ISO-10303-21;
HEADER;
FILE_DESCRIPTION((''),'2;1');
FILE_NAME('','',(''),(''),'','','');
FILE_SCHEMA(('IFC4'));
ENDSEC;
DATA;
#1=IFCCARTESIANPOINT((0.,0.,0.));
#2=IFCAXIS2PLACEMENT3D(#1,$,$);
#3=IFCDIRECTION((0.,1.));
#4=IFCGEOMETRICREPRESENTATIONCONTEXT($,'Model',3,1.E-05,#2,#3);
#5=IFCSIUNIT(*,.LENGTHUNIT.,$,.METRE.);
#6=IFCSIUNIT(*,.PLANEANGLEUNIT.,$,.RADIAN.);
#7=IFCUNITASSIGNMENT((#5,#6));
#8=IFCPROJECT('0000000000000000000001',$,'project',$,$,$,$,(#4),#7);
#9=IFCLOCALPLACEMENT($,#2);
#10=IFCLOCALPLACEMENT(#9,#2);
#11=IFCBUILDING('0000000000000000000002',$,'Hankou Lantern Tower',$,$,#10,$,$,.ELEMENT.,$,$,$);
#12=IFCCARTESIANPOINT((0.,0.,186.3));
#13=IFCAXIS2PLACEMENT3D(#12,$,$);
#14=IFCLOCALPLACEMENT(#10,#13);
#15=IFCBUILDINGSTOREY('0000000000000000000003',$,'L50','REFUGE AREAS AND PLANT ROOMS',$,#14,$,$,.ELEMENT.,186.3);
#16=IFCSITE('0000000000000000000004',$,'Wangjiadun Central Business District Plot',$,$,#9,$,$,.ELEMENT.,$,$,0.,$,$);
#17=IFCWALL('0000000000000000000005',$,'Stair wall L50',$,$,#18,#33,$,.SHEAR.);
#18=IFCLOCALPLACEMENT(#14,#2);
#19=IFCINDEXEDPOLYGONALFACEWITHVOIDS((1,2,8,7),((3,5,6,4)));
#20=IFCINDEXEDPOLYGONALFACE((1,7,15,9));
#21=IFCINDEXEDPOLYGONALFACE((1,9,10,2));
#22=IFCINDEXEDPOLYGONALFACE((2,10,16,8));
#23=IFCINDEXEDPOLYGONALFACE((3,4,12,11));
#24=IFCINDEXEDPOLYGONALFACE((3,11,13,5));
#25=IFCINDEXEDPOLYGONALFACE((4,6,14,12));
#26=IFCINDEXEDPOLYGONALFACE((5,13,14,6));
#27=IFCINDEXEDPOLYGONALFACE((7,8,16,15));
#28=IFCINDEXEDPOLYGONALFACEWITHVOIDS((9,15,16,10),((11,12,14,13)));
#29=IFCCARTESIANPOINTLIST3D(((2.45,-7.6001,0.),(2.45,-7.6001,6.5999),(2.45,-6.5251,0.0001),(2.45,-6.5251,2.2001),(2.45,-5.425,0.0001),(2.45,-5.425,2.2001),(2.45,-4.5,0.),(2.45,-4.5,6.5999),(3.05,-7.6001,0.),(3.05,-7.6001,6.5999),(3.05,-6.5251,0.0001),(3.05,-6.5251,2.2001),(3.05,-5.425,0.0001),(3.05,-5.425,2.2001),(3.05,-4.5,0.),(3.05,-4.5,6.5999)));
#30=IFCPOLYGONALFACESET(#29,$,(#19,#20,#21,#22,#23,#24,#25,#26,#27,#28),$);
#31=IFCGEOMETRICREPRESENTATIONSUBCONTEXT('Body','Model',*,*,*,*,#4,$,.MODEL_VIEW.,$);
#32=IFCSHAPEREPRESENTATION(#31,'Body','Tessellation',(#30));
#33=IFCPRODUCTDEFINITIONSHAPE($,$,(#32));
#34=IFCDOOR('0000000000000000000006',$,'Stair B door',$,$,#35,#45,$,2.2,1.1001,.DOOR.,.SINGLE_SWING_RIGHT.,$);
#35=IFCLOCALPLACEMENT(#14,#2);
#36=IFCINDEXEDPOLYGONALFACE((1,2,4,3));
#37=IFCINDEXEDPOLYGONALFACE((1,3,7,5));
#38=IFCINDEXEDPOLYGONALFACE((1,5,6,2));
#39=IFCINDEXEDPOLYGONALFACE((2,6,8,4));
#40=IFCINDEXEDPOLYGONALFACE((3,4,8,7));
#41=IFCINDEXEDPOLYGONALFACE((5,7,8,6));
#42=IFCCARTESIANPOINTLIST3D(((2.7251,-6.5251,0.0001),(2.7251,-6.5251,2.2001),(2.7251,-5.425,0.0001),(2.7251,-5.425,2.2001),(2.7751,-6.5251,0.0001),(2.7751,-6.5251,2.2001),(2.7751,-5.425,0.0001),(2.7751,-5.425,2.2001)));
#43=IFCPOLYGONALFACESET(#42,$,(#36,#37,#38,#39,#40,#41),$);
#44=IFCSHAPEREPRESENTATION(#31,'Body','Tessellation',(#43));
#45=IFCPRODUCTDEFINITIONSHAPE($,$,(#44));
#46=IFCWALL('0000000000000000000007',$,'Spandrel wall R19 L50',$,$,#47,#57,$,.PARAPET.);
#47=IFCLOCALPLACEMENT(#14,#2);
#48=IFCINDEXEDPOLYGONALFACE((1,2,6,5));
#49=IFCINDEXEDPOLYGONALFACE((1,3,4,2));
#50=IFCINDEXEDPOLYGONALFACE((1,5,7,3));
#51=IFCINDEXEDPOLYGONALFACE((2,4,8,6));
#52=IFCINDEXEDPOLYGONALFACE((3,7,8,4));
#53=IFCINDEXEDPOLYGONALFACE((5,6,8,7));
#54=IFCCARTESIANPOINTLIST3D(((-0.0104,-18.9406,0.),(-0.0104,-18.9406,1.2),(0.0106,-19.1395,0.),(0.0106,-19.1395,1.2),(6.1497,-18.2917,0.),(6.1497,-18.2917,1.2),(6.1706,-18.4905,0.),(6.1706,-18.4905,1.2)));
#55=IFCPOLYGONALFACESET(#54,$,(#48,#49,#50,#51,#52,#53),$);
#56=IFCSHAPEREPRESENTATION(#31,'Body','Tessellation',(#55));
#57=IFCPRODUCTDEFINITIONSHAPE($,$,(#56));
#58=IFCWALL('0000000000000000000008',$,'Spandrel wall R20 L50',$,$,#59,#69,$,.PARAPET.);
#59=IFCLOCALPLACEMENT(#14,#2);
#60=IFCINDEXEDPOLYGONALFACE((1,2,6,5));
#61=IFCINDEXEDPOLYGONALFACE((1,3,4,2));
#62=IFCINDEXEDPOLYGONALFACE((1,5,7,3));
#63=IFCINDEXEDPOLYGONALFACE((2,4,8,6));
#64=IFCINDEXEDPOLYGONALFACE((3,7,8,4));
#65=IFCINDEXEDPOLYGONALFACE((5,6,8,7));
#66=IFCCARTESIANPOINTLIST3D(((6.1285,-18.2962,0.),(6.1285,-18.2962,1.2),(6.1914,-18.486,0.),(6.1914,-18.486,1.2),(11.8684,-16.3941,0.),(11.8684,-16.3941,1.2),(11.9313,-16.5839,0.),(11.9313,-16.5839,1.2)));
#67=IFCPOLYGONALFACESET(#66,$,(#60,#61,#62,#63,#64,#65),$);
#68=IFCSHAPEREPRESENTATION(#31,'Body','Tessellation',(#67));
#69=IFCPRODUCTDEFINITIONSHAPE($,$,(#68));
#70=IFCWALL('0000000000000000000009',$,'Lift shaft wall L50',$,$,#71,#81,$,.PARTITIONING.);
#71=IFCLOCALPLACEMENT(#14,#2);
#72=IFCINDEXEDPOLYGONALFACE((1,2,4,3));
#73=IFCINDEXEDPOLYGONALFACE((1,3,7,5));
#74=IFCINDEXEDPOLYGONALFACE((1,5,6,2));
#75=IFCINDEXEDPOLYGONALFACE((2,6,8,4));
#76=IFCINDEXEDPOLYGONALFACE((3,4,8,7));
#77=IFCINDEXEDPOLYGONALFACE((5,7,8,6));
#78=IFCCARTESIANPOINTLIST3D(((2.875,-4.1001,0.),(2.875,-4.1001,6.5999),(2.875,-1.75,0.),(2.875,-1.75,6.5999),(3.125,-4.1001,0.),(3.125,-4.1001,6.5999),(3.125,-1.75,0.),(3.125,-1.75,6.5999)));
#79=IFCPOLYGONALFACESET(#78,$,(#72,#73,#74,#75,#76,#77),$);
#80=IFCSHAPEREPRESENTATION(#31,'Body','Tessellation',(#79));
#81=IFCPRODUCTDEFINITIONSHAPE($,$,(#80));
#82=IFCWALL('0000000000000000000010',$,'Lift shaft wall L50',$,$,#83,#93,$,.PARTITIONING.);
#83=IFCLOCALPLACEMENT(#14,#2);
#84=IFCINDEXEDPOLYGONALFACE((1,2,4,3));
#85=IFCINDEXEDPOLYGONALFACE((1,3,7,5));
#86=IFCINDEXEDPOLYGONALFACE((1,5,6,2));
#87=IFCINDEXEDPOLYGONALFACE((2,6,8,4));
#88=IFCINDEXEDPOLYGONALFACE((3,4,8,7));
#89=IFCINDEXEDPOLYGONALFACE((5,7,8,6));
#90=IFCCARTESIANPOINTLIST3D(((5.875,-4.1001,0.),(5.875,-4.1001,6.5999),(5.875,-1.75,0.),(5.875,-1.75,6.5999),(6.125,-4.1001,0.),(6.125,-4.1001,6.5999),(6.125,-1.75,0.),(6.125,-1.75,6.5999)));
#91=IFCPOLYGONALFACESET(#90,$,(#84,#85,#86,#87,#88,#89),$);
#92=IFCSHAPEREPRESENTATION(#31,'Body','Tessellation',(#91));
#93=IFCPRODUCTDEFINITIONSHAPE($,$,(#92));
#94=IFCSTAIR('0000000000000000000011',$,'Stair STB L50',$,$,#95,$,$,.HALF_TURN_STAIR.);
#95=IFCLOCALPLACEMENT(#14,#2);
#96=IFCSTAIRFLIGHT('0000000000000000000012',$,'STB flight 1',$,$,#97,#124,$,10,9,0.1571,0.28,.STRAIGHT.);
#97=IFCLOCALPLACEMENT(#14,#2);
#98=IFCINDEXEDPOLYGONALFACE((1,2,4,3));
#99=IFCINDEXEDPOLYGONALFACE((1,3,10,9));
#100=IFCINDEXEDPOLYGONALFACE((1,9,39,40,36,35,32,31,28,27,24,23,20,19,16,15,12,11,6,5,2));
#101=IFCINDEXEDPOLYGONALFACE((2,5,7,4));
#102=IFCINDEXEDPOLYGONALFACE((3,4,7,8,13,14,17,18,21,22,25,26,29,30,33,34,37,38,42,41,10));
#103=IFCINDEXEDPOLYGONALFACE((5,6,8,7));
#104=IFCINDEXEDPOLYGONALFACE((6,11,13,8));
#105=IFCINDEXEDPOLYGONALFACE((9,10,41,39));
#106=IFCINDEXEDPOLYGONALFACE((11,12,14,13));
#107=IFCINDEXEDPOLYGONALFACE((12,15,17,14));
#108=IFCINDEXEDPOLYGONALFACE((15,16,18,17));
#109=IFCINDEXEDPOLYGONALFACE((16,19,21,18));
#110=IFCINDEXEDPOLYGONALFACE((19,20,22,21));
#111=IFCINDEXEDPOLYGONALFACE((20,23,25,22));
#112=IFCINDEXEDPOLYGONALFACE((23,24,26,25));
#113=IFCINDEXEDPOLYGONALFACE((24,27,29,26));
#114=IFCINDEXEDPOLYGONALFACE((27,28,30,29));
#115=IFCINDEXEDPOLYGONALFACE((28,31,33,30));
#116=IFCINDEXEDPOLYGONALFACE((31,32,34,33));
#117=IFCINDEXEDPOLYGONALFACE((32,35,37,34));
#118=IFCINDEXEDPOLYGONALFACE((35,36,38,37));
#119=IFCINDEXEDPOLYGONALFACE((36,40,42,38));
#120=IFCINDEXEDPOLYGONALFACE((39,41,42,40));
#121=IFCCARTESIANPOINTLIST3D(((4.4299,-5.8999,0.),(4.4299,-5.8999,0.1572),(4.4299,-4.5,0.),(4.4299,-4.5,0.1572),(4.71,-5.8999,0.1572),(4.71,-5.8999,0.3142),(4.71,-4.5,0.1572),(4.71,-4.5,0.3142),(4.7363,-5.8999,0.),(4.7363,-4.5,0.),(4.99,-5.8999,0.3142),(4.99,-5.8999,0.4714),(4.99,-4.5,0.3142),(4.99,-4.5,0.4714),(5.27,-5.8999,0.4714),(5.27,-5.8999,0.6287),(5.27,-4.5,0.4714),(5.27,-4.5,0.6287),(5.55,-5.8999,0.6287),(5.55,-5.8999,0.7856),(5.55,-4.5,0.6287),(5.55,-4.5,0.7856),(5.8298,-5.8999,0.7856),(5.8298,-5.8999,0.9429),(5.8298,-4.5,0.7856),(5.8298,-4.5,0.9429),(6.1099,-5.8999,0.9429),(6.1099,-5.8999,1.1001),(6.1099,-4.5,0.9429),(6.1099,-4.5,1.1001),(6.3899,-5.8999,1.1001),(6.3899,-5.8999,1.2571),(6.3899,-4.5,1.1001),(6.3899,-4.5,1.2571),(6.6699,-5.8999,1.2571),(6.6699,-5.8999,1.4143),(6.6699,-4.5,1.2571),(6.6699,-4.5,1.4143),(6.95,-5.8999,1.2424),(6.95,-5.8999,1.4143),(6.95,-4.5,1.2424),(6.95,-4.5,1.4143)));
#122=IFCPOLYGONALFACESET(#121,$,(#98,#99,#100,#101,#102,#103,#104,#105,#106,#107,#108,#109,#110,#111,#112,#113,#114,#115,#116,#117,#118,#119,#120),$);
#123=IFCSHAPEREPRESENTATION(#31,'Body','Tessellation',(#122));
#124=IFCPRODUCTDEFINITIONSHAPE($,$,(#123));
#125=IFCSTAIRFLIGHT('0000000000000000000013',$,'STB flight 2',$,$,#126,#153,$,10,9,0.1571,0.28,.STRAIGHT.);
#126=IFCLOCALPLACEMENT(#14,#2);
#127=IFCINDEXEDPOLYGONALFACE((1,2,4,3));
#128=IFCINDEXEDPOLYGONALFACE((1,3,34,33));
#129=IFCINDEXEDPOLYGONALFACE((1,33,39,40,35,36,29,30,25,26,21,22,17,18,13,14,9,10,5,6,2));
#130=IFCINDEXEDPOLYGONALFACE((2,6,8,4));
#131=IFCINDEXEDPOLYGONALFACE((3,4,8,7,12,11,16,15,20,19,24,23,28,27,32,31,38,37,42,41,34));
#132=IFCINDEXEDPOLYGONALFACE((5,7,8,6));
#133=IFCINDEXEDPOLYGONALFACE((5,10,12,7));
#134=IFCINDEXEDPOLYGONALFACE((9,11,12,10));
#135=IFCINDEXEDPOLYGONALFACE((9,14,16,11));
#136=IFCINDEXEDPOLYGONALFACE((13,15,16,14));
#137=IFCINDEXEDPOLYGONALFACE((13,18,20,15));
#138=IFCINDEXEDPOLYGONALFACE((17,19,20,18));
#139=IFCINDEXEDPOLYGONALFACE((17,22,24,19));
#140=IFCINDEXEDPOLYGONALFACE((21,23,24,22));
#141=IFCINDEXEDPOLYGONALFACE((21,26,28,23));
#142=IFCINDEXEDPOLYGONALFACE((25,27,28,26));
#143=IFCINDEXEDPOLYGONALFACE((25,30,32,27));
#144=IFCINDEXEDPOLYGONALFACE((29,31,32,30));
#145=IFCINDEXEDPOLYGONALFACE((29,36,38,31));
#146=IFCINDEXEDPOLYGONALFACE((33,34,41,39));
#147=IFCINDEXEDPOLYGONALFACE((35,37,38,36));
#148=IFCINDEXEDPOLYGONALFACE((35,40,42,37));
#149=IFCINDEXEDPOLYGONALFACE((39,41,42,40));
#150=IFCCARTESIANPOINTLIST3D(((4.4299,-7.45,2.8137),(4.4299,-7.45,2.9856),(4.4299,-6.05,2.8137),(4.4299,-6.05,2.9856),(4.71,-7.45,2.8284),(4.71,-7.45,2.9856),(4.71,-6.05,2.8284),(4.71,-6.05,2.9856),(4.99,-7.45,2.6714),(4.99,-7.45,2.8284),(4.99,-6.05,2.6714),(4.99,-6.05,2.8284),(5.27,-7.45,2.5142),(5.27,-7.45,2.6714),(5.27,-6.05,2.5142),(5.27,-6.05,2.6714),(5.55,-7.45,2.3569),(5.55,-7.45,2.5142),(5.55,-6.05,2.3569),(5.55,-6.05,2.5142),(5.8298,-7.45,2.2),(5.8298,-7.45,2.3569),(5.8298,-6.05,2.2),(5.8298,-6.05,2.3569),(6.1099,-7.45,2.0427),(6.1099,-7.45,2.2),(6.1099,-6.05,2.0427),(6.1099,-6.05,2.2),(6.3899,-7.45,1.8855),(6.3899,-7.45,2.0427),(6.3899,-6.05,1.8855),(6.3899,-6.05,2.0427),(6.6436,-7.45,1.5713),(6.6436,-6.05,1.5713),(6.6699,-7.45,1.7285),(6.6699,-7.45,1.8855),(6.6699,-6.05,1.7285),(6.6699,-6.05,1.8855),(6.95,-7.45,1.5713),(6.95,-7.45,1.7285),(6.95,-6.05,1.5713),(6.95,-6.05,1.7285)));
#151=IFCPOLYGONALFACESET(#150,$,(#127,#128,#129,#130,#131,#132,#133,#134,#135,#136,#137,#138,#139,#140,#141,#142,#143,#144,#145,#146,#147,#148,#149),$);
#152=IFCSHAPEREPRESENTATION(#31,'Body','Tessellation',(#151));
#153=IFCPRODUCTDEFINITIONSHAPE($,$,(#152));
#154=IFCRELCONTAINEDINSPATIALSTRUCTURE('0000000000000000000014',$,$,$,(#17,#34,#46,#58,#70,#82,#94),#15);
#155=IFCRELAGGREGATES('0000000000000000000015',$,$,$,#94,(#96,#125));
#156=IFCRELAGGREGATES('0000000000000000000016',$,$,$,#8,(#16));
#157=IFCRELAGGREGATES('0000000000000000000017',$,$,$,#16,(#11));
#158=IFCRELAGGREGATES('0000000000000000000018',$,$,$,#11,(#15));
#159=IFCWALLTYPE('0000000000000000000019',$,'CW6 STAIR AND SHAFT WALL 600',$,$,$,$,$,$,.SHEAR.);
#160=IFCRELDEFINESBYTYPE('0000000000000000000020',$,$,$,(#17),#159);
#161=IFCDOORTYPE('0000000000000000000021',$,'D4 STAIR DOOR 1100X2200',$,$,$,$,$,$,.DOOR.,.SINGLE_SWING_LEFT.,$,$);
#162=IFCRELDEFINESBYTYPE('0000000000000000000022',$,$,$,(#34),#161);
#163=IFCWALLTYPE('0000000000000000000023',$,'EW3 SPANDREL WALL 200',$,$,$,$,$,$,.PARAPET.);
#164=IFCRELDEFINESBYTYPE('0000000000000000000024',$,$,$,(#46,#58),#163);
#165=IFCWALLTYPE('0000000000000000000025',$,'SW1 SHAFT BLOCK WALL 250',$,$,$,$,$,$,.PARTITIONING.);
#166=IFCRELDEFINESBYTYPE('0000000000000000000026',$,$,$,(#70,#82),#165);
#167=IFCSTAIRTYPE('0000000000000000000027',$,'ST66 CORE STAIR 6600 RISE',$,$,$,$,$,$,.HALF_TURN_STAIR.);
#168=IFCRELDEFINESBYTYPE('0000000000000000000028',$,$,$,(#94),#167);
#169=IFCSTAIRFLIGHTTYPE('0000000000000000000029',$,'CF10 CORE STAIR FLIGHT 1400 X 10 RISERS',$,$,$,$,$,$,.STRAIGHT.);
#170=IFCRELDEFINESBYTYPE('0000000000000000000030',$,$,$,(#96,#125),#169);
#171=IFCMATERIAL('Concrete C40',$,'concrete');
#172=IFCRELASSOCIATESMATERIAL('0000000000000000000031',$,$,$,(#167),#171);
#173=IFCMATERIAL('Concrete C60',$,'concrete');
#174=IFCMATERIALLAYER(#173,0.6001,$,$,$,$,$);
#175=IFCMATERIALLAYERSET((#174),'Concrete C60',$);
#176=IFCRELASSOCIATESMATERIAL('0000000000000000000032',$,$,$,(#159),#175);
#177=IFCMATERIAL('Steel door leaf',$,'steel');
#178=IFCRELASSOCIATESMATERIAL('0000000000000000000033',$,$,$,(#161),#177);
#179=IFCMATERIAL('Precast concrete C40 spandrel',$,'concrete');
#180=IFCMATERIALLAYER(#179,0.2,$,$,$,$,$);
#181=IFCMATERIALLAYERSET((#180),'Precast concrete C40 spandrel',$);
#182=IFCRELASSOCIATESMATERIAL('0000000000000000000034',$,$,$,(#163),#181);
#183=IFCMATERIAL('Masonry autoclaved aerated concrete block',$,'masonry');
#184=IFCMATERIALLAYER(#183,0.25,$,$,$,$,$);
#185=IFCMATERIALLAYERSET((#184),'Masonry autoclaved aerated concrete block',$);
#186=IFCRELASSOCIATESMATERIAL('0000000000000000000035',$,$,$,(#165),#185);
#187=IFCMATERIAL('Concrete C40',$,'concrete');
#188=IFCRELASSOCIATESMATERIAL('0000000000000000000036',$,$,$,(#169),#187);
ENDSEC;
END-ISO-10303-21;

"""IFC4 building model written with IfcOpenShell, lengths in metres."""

from ifc_helpers import new_model, si_unit, direction, frame, frame_2d, origin, place, context, subcontext, project, spatial, polyline, rectangle, outline, extrude, material, layer, layer_set, type_object, element, fill, aggregate, save


model = new_model("IFC4")

# Units and contexts
model_context = context("Model", 3, precision=1e-05, world=origin(), true_north=direction((0.0, 1.0)))
body_context = subcontext(model_context, "Body", "Model", "MODEL_VIEW")
ifc_project = project(units=[si_unit("LENGTHUNIT", "METRE"), si_unit("PLANEANGLEUNIT", "RADIAN")], contexts=[model_context])

# Site, building, storey
site_placement = place(None, origin())
site = spatial("IfcSite", under=ifc_project, at=site_placement, Name="Wangjiadun Central Business District Plot", CompositionType="ELEMENT", RefElevation=0.0)
building_placement = place(site_placement, origin())
building = spatial("IfcBuilding", under=site, at=building_placement, Name="Hankou Lantern Tower", CompositionType="ELEMENT")
storey_placement = place(building_placement, frame((0.0, 0.0, 186.3)))
storey = spatial("IfcBuildingStorey", under=building, at=storey_placement, Name="L50", Description="REFUGE AREAS AND PLANT ROOMS", CompositionType="ELEMENT", Elevation=186.3)

# Shared definitions
ifc_material_1 = material(Name="Concrete C40", Category="concrete")
stair_type = type_object("IfcStairType", Name="ST66 CORE STAIR 6600 RISE", PredefinedType="HALF_TURN_STAIR", material=ifc_material_1)

# Wall, opening, door
ifc_material_2 = material(Name="Concrete C60", Category="concrete")
ifc_layer_1 = layer(ifc_material_2, 0.6001)
ifc_layer_set_1 = layer_set([ifc_layer_1], Name="Concrete C60")
wall_type_1 = type_object("IfcWallType", Name="CW6 STAIR AND SHAFT WALL 600", PredefinedType="SHEAR", material=ifc_layer_set_1)
wall_1_placement = place(storey_placement, frame((2.75, -7.6001, 0.0), z_axis=(0.0, 0.0, 1.0), x_axis=(0.0, 1.0, 0.0)))
wall_1 = element("IfcWall", 1, at=wall_1_placement, inside=storey, type_object=wall_type_1, Name="Stair wall L50", PredefinedType="SHEAR", context=body_context, shape_type="SweptSolid", body=[
    extrude(rectangle(XDim=3.1001, YDim=0.6001, at=frame_2d((1.55, 0.0))), origin(), (0.0, 0.0, 1.0), 6.5999),
])
opening_placement = place(wall_1_placement, frame((1.075, 0.0, 0.0)))
opening = element("IfcOpeningElement", 2, at=opening_placement, cuts=wall_1, PredefinedType="OPENING", context=body_context, shape_type="SweptSolid", body=[
    extrude(rectangle(XDim=1.1001, YDim=2.2, at=frame_2d((0.55, 1.1001))), frame((0.0, 0.3101, 0.0), z_axis=(0.0, -1.0, 0.0), x_axis=(1.0, 0.0, 0.0)), (0.0, 0.0, 1.0), 0.6201),
])
ifc_material_3 = material(Name="Steel door leaf", Category="steel")
door_type = type_object("IfcDoorType", Name="D4 STAIR DOOR 1100X2200", OperationType="SINGLE_SWING_LEFT", PredefinedType="DOOR", material=ifc_material_3)
door_placement = place(opening_placement, origin())
door = element("IfcDoor", 3, at=door_placement, inside=storey, type_object=door_type, Name="Stair B door", OperationType="SINGLE_SWING_RIGHT", OverallHeight=2.2, OverallWidth=1.1001, PredefinedType="DOOR", context=body_context, shape_type="SweptSolid", body=[
    extrude(rectangle(XDim=1.1001, YDim=2.2, at=frame_2d((0.55, 1.1001))), frame((0.0, 0.0249, 0.0), z_axis=(0.0, -1.0, 0.0), x_axis=(1.0, 0.0, 0.0)), (0.0, 0.0, 1.0), 0.05),
])
fill(opening, door)

# Walls
ifc_material_4 = material(Name="Precast concrete C40 spandrel", Category="concrete")
ifc_layer_2 = layer(ifc_material_4, 0.2)
ifc_layer_set_2 = layer_set([ifc_layer_2], Name="Precast concrete C40 spandrel")
wall_type_2 = type_object("IfcWallType", Name="EW3 SPANDREL WALL 200", PredefinedType="PARAPET", material=ifc_layer_set_2)
wall_2_placement = place(storey_placement, frame((0.0, -19.04, 0.0), z_axis=(0.0, 0.0, 1.0), x_axis=(0.994497, 0.104767, 0.0)))
element("IfcWall", 4, at=wall_2_placement, inside=storey, type_object=wall_type_2, Name="Spandrel wall R19 L50", PredefinedType="PARAPET", context=body_context, shape_type="SweptSolid", body=[
    extrude(rectangle(XDim=6.1941, YDim=0.2, at=frame_2d((3.0972, 0.0))), origin(), (0.0, 0.0, 1.0), 1.2),
])
wall_3_placement = place(storey_placement, frame((6.1599, -18.3911, 0.0), z_axis=(0.0, 0.0, 1.0), x_axis=(0.949239, 0.314556, 0.0)))
element("IfcWall", 5, at=wall_3_placement, inside=storey, type_object=wall_type_2, Name="Spandrel wall R20 L50", PredefinedType="PARAPET", context=body_context, shape_type="SweptSolid", body=[
    extrude(rectangle(XDim=6.0469, YDim=0.2, at=frame_2d((3.0234, 0.0))), origin(), (0.0, 0.0, 1.0), 1.2),
])
ifc_material_5 = material(Name="Masonry autoclaved aerated concrete block", Category="masonry")
ifc_layer_3 = layer(ifc_material_5, 0.25)
ifc_layer_set_3 = layer_set([ifc_layer_3], Name="Masonry autoclaved aerated concrete block")
wall_type_3 = type_object("IfcWallType", Name="SW1 SHAFT BLOCK WALL 250", PredefinedType="PARTITIONING", material=ifc_layer_set_3)
for number, where, z_axis, x_axis, name in (
    (6, (3.0, -4.1001, 0.0), (0.0, 0.0, 1.0), (0.0, 1.0, 0.0), "Lift shaft wall L50"),
    (7, (6.0, -4.1001, 0.0), (0.0, 0.0, 1.0), (0.0, 1.0, 0.0), "Lift shaft wall L50"),
):
    element("IfcWall", number, at=place(storey_placement, frame(where, z_axis=z_axis, x_axis=x_axis)), inside=storey, type_object=wall_type_3, Name=name, PredefinedType="PARTITIONING", context=body_context, shape_type="SweptSolid", body=[
        extrude(rectangle(XDim=2.3501, YDim=0.25, at=frame_2d((1.175, 0.0))), origin(), (0.0, 0.0, 1.0), 6.5999),
    ])

# Stair, stair flights
stair_1_placement = place(storey_placement, origin())
stair_1 = element("IfcStair", 8, at=stair_1_placement, inside=storey, type_object=stair_type, Name="Stair STB L50", PredefinedType="HALF_TURN_STAIR")
ifc_material_6 = material(Name="Concrete C40", Category="concrete")
stair_flight_type_1 = type_object("IfcStairFlightType", Name="CF10 CORE STAIR FLIGHT 1400 X 10 RISERS", PredefinedType="STRAIGHT", material=ifc_material_6)
stair_flight_1_placement = place(storey_placement, frame((4.4299, -5.2, 0.0), z_axis=(0.0, 0.0, 1.0), x_axis=(1.0, 0.0, 0.0)))
stair_flight_1 = element("IfcStairFlight", 9, at=stair_flight_1_placement, type_object=stair_flight_type_1, Name="STB flight 1", NumberOfRisers=10, NumberOfTreads=9, PredefinedType="STRAIGHT", RiserHeight=0.1571, TreadLength=0.28, context=body_context, shape_type="SweptSolid", body=[
    extrude(outline(polyline([(0.0, 0.0), (0.0, 0.1572), (0.28, 0.1572), (0.28, 0.3142), (0.5601, 0.3142), (0.5601, 0.4714), (0.8401, 0.4714), (0.8401, 0.6287), (1.1201, 0.6287), (1.1201, 0.7856), (1.3999, 0.7856), (1.3999, 0.9429), (1.6799, 0.9429), (1.6799, 1.1001), (1.96, 1.1001), (1.96, 1.2571), (2.24, 1.2571), (2.24, 1.4143), (2.52, 1.4143), (2.52, 1.5715), (2.52, 1.2424), (0.3064, 0.0), (0.0, 0.0)])), frame((0.0, 0.7, 0.0), z_axis=(0.0, -1.0, 0.0), x_axis=(1.0, 0.0, 0.0)), (0.0, 0.0, 1.0), 1.3999),
])
stair_flight_2_placement = place(storey_placement, frame((6.95, -6.75, 1.5713), z_axis=(0.0, 0.0, 1.0), x_axis=(-1.0, 0.0, 0.0)))
stair_flight_2 = element("IfcStairFlight", 10, at=stair_flight_2_placement, type_object=stair_flight_type_1, Name="STB flight 2", NumberOfRisers=10, NumberOfTreads=9, PredefinedType="STRAIGHT", RiserHeight=0.1571, TreadLength=0.28, context=body_context, shape_type="SweptSolid", body=[
    extrude(outline(polyline([(0.0, 0.0), (0.0, 0.1572), (0.28, 0.1572), (0.28, 0.3142), (0.5601, 0.3142), (0.5601, 0.4714), (0.8401, 0.4714), (0.8401, 0.6287), (1.1201, 0.6287), (1.1201, 0.7856), (1.3999, 0.7856), (1.3999, 0.9429), (1.6799, 0.9429), (1.6799, 1.1001), (1.96, 1.1001), (1.96, 1.2571), (2.24, 1.2571), (2.24, 1.4143), (2.52, 1.4143), (2.52, 1.5715), (2.52, 1.2424), (0.3064, 0.0), (0.0, 0.0)])), frame((0.0, 0.7, 0.0), z_axis=(0.0, -1.0, 0.0), x_axis=(1.0, 0.0, 0.0)), (0.0, 0.0, 1.0), 1.3999),
])
aggregate(stair_1, [stair_flight_1, stair_flight_2])

save(model, "model.ifc")
